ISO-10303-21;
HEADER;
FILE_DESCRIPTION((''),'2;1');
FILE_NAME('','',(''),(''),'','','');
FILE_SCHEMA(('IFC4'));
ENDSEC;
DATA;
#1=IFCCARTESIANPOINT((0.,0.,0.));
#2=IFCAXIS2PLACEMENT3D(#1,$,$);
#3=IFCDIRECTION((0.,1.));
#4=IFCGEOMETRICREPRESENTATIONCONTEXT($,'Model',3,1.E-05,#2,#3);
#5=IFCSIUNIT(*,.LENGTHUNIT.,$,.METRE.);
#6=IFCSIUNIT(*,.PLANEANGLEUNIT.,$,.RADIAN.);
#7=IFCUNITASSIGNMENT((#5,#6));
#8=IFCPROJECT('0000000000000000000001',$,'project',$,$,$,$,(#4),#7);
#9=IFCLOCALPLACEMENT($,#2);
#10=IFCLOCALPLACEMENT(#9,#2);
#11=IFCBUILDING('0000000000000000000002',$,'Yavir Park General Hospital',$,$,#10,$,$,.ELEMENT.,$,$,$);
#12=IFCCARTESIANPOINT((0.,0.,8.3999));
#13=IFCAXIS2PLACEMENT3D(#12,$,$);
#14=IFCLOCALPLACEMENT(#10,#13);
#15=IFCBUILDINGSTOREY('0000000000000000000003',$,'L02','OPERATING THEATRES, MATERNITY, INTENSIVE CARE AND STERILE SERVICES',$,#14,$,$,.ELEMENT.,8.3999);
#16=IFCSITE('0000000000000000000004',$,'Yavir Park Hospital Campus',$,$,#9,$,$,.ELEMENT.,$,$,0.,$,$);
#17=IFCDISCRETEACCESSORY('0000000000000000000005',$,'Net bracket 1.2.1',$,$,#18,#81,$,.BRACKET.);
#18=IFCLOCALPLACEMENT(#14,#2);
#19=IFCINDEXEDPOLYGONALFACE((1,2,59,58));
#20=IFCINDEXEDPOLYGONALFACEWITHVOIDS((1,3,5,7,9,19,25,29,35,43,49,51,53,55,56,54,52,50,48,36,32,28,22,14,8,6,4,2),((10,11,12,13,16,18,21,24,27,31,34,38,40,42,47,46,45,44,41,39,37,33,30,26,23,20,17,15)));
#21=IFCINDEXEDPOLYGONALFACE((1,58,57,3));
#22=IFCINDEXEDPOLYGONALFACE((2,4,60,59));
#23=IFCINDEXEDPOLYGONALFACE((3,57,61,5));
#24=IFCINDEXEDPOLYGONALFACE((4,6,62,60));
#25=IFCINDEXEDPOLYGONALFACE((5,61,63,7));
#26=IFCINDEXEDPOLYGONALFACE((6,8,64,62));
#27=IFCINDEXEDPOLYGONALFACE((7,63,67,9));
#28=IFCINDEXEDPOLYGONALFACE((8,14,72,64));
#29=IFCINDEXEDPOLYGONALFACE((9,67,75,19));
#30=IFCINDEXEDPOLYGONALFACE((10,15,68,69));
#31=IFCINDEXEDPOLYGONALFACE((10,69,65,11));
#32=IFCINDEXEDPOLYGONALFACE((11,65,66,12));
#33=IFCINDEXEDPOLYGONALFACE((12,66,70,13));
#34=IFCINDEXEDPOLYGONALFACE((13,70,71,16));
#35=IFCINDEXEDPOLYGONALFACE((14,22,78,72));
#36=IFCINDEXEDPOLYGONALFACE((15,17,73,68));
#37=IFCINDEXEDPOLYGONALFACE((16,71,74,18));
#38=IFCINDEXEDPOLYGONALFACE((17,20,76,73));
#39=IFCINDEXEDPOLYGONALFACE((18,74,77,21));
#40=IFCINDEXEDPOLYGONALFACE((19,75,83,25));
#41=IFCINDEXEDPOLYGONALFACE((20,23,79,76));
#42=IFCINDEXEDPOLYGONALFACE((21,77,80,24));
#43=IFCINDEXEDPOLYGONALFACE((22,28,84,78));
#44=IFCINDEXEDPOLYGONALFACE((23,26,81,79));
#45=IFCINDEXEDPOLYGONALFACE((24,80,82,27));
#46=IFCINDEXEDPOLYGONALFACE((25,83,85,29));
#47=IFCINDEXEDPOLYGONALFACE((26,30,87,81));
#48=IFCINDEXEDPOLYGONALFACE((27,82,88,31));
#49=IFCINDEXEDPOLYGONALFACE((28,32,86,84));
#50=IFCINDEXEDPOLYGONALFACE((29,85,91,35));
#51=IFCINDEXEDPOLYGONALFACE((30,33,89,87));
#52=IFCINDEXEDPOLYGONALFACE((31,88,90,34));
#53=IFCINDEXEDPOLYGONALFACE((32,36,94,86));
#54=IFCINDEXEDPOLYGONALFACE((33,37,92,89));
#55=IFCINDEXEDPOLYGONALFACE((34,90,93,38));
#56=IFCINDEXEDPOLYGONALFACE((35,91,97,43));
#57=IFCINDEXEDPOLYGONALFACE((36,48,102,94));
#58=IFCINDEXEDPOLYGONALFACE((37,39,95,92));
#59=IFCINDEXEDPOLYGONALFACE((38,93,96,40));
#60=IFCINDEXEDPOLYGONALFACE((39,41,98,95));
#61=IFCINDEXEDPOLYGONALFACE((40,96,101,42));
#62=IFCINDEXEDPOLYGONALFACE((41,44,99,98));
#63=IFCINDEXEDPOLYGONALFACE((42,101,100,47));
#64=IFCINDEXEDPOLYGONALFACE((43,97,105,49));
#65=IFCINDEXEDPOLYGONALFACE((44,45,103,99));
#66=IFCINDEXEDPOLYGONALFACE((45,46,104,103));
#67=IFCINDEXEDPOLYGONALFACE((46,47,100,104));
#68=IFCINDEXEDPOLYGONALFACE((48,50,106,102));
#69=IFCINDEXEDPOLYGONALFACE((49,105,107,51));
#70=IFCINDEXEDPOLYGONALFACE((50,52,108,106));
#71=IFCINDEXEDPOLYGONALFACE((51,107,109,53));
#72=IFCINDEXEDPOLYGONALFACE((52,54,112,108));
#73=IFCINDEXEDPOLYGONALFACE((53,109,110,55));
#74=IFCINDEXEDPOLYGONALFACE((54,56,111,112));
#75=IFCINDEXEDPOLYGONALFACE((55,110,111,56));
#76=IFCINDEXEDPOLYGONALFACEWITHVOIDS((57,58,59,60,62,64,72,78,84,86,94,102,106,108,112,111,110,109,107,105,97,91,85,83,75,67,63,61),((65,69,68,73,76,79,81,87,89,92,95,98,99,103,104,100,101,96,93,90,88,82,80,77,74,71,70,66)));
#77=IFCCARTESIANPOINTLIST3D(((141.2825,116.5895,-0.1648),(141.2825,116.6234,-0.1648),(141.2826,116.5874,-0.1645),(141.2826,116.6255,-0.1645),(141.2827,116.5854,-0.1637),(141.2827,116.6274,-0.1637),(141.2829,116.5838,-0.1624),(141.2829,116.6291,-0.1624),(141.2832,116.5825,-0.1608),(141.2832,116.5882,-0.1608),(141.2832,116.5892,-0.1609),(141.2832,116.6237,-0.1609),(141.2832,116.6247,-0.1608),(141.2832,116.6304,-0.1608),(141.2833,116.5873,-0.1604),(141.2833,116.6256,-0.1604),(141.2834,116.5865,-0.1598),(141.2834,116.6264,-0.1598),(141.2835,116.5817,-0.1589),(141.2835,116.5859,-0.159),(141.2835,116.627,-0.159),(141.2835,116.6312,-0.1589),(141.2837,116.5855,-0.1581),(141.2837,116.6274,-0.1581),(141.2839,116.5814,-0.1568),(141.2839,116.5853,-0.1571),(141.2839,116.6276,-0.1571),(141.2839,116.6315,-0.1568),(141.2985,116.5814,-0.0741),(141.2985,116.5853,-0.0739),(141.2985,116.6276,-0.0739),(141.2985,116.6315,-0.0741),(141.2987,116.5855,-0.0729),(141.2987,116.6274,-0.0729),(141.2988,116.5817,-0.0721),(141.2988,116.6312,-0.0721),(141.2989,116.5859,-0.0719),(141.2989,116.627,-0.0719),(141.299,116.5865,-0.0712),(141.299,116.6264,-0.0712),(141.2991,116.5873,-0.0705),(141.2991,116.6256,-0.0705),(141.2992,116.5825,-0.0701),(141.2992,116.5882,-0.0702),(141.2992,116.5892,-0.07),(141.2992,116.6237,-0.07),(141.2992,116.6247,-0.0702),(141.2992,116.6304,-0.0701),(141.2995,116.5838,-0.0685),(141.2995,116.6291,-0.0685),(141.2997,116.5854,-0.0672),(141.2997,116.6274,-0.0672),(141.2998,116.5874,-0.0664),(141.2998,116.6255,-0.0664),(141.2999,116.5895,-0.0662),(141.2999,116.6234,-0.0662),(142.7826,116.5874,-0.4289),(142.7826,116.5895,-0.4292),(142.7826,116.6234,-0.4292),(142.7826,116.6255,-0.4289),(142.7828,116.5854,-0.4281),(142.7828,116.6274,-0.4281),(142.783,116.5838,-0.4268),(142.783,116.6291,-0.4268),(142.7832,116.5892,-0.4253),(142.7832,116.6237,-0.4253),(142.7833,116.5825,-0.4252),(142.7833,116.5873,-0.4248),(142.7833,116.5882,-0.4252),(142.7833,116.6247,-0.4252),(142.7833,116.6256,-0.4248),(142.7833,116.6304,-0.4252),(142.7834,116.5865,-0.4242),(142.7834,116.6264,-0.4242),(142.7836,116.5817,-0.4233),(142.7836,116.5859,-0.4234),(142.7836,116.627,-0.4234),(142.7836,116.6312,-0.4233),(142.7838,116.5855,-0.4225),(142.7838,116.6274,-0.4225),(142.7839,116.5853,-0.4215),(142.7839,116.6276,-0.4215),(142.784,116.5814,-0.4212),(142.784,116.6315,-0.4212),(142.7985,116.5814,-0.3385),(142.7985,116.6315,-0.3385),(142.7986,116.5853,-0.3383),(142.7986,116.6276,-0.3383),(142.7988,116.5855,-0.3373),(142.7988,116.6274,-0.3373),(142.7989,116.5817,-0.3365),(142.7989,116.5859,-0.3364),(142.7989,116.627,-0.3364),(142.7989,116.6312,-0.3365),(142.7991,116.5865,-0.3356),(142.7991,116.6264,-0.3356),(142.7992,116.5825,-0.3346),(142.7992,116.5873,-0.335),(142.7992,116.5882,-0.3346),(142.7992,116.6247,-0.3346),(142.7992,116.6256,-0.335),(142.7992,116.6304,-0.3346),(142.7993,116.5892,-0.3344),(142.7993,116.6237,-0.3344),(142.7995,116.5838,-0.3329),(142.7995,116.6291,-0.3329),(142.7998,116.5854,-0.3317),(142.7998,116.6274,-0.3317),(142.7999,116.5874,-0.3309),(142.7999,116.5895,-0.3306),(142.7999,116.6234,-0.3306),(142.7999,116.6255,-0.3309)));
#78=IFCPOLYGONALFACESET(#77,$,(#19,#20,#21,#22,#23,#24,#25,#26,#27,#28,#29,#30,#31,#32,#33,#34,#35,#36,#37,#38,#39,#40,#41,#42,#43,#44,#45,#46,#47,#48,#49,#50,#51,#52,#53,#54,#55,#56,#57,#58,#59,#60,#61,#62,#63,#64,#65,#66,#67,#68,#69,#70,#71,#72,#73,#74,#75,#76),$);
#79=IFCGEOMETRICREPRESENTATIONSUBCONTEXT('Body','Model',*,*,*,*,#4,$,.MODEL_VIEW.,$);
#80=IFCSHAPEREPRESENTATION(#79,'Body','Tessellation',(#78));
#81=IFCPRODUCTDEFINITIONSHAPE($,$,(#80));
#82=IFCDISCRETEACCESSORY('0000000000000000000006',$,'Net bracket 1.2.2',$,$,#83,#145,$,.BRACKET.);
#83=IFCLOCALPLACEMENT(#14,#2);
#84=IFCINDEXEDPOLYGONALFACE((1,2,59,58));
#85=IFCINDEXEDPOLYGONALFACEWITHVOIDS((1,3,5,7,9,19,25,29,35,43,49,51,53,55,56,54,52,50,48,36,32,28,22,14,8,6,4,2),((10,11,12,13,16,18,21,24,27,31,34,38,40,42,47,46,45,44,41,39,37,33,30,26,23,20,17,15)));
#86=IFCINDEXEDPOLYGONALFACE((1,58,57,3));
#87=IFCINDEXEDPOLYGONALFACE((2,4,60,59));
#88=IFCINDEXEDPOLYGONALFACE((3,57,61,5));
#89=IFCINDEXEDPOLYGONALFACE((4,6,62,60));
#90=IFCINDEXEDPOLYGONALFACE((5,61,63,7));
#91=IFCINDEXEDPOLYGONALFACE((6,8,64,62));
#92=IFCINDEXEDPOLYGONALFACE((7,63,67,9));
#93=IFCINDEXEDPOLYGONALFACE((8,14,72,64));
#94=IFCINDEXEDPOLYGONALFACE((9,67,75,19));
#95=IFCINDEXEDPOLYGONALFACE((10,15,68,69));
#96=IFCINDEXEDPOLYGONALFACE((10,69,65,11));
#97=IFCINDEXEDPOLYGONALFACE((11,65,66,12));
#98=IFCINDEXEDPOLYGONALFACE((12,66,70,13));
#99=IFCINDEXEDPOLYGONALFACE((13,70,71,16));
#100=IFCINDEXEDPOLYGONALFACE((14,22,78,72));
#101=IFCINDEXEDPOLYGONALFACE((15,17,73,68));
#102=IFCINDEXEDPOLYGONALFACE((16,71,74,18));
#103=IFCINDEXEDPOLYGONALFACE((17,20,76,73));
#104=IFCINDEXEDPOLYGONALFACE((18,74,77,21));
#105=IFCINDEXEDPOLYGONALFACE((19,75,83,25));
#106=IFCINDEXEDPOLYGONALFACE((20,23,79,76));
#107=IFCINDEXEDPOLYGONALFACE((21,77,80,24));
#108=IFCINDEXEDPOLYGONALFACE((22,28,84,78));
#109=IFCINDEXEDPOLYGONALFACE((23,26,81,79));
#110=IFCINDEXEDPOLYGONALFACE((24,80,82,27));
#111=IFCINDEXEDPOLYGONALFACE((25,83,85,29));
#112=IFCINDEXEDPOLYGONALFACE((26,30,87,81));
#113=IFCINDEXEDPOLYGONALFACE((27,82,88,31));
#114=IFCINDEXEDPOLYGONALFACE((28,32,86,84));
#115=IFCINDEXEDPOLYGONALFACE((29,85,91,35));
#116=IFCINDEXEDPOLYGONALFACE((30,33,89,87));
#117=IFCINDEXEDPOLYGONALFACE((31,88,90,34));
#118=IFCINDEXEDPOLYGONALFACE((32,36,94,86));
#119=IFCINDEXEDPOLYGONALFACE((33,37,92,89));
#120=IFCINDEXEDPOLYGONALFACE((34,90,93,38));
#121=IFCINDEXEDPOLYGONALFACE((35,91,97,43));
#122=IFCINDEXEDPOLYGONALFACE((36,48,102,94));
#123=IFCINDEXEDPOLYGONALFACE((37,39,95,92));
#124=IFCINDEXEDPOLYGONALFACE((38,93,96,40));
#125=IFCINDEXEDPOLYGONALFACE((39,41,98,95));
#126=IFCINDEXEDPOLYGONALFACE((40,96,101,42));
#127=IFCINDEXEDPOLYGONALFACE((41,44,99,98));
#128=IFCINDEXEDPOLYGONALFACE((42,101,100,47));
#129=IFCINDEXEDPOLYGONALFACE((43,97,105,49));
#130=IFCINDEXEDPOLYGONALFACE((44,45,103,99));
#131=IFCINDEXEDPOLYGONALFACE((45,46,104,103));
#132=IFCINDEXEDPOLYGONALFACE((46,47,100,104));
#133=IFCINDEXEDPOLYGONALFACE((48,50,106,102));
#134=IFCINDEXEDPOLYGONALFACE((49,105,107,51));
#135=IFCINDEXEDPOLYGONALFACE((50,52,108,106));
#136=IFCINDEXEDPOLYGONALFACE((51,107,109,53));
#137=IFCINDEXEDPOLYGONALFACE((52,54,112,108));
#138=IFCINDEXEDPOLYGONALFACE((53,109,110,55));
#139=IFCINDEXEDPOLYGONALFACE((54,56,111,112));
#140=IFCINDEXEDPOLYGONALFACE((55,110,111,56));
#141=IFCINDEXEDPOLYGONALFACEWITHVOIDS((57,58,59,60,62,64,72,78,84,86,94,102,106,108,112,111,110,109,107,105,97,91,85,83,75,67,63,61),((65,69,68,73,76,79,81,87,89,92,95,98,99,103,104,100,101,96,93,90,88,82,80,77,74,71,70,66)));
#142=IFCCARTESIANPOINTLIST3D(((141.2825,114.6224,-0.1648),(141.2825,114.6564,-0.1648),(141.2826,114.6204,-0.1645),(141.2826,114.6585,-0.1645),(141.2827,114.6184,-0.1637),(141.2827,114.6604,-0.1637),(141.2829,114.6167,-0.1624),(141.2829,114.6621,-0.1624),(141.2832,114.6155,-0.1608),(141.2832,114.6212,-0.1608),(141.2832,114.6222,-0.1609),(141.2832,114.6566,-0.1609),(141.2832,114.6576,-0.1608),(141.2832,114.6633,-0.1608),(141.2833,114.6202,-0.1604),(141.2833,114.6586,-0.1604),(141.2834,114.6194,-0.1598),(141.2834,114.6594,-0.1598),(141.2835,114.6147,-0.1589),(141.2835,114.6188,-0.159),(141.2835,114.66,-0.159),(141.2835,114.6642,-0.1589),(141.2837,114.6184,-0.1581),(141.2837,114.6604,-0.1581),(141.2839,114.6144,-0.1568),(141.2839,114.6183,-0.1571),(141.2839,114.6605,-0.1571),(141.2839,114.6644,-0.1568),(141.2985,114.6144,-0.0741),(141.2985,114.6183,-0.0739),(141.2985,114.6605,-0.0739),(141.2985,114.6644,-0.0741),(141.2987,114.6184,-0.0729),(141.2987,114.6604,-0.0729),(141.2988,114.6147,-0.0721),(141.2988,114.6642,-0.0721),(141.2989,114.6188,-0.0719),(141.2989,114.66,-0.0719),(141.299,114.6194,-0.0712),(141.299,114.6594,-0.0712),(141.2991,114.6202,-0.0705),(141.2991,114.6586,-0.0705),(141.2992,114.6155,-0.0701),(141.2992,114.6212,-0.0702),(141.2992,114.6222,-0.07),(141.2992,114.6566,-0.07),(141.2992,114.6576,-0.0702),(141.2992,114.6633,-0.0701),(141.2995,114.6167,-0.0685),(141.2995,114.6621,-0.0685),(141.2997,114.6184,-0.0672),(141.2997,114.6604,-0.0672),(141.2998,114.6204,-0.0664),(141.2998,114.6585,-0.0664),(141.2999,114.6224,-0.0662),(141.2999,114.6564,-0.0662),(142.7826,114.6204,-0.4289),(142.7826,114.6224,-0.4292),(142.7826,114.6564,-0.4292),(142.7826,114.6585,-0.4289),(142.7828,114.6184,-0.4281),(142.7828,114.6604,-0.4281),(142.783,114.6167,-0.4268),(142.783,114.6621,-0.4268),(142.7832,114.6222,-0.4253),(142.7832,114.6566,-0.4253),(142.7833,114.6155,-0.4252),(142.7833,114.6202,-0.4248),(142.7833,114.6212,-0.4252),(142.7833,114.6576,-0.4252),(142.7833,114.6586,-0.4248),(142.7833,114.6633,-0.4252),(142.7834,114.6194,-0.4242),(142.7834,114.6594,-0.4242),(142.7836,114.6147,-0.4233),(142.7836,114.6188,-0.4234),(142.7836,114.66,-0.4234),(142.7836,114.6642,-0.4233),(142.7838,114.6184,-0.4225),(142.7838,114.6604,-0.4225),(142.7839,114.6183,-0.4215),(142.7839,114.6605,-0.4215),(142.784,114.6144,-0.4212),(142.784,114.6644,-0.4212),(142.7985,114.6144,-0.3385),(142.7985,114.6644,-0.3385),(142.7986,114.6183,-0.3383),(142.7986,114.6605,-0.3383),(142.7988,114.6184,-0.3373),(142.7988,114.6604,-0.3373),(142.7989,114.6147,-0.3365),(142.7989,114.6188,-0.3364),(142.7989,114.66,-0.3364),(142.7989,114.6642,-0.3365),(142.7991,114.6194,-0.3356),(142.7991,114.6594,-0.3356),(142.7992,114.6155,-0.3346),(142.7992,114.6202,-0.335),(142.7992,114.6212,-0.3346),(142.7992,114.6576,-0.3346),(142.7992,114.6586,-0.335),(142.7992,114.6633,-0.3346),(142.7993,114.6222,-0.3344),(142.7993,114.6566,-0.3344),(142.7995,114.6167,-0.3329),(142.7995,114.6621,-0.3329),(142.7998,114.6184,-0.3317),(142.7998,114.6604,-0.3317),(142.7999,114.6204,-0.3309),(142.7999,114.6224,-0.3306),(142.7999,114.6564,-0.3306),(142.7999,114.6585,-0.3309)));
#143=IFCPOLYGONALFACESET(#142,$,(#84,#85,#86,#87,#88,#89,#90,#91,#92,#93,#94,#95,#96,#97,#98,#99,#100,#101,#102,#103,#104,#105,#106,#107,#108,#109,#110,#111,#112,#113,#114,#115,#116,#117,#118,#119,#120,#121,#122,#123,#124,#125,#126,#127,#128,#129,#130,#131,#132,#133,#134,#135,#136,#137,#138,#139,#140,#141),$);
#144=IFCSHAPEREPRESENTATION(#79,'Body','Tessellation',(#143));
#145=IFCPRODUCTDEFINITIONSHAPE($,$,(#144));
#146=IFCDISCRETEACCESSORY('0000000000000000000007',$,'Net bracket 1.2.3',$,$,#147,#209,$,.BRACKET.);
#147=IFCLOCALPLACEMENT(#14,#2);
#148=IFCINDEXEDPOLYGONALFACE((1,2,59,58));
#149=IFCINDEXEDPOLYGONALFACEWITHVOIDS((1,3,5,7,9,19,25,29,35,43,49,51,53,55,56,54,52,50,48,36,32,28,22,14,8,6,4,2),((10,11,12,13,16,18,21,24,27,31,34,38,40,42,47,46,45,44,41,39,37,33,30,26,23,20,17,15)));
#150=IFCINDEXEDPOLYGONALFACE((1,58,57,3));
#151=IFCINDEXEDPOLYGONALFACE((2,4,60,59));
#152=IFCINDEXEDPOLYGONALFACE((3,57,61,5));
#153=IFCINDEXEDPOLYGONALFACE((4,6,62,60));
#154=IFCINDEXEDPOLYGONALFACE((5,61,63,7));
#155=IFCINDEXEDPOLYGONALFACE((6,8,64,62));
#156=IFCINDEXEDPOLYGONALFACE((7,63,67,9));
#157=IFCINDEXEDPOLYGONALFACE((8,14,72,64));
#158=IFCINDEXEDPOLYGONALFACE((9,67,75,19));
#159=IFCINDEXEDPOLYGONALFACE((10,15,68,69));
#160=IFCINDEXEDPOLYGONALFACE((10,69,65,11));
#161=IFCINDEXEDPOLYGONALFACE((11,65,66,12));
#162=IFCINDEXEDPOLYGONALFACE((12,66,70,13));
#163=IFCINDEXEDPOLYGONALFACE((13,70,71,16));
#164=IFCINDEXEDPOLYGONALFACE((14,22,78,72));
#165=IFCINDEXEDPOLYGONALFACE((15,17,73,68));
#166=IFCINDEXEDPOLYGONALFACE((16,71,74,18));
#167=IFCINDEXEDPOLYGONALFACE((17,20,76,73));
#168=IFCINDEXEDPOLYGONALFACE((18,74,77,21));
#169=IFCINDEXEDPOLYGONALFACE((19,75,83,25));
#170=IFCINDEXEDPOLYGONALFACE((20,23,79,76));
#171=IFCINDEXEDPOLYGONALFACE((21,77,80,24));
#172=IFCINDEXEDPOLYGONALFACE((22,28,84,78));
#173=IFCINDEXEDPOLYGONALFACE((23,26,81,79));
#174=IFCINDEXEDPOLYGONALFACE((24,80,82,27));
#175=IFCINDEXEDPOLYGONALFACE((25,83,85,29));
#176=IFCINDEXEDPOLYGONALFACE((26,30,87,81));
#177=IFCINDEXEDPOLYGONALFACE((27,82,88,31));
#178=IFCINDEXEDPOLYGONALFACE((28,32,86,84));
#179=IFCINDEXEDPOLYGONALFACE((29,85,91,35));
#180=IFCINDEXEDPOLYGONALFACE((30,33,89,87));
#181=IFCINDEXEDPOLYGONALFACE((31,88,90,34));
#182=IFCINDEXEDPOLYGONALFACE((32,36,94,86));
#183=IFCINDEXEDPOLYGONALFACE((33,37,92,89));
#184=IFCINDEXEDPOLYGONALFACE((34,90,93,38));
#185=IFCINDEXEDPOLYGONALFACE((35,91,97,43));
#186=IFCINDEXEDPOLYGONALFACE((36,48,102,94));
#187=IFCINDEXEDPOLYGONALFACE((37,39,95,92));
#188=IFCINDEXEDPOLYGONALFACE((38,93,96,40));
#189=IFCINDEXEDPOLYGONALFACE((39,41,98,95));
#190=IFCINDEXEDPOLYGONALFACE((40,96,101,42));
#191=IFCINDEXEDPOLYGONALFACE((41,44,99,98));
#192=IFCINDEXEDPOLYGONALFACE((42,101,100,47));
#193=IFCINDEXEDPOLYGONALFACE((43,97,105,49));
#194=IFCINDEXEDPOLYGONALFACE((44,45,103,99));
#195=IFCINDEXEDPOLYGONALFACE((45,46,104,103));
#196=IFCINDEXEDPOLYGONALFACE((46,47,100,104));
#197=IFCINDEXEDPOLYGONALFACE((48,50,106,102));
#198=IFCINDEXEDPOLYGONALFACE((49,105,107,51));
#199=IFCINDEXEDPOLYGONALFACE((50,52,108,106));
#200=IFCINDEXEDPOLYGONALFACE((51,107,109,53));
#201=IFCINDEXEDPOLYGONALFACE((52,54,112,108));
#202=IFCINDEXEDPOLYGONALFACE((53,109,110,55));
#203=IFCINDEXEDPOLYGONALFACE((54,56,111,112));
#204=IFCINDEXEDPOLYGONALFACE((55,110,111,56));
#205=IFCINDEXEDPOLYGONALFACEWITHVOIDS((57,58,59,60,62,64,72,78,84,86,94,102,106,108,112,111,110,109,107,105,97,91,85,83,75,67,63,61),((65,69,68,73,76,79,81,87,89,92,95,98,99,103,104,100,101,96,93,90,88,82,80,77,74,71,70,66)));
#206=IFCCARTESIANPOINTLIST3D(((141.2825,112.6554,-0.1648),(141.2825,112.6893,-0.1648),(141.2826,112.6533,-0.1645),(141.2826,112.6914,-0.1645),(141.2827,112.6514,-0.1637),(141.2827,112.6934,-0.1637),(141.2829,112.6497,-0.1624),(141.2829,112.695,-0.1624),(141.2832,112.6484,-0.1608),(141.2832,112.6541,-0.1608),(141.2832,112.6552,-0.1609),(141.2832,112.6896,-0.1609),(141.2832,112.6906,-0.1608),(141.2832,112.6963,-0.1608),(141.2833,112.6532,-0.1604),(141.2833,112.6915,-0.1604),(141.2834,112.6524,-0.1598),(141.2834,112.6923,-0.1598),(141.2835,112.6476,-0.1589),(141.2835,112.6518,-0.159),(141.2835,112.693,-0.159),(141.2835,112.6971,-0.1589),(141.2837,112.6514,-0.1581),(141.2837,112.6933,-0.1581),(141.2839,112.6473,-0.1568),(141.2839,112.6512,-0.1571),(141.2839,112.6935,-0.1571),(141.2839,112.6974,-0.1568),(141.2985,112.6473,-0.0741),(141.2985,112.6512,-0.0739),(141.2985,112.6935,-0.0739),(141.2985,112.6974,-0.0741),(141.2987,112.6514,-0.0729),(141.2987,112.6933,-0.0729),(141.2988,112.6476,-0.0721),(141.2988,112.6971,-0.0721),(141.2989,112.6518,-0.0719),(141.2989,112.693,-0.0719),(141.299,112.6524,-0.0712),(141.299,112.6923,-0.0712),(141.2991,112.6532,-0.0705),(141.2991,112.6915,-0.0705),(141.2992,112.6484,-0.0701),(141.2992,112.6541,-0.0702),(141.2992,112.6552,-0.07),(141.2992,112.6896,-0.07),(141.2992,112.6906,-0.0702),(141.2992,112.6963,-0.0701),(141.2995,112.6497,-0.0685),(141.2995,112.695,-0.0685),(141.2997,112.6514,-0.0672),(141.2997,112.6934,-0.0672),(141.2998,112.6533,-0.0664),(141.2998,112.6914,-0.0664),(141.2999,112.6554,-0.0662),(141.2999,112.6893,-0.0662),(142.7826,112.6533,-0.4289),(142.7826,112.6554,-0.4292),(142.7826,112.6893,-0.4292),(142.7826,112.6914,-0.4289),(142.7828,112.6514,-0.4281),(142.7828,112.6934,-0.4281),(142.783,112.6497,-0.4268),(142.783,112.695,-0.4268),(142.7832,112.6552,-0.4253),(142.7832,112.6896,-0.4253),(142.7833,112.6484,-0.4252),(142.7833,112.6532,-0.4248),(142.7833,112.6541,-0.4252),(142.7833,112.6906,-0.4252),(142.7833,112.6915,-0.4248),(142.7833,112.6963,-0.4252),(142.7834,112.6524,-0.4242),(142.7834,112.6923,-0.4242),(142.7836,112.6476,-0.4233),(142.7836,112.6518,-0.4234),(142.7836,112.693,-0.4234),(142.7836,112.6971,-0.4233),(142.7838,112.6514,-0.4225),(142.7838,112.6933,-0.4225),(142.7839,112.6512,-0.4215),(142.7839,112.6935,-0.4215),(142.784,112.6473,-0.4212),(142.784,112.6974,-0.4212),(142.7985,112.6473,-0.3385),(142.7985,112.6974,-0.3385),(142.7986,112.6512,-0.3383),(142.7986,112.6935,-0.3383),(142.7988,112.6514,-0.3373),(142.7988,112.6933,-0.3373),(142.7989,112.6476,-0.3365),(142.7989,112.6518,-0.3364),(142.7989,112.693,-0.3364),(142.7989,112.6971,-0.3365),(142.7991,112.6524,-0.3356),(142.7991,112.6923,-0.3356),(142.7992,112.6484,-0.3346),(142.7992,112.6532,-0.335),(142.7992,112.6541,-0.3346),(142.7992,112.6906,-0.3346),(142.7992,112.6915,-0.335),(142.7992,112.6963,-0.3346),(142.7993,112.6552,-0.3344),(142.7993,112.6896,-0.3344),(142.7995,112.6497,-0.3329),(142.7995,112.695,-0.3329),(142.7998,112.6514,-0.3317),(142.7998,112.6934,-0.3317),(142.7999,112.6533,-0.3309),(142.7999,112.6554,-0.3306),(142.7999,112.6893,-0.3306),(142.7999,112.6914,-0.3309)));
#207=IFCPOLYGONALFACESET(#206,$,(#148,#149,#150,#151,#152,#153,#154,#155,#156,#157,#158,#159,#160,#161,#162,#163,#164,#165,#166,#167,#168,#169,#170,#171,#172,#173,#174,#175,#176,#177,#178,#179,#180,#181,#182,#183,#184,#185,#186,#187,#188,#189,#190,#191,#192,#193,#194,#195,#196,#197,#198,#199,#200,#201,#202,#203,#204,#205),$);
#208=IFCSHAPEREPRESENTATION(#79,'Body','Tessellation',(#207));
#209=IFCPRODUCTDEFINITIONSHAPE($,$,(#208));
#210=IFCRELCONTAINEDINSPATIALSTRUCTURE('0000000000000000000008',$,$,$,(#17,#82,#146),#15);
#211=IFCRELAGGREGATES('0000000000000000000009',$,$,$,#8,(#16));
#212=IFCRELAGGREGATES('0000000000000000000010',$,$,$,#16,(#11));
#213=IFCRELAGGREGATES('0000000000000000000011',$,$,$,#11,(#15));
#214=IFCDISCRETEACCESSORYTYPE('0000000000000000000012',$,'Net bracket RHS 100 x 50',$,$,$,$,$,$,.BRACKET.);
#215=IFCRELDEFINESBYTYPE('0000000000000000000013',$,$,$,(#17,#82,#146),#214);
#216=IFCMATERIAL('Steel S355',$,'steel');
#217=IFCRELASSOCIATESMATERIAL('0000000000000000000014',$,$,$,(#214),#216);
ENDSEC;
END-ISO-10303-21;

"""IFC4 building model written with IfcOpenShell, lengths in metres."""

from ifc_helpers import new_model, si_unit, direction, frame, origin, origin_2d, place, context, subcontext, project, spatial, hollow_rectangle, extrude, material, material_profile, profile_set, type_object, element, save


model = new_model("IFC4")

# Units and contexts
model_context = context("Model", 3, precision=1e-05, world=origin(), true_north=direction((0.0, 1.0)))
body_context = subcontext(model_context, "Body", "Model", "MODEL_VIEW")
ifc_project = project(units=[si_unit("LENGTHUNIT", "METRE"), si_unit("PLANEANGLEUNIT", "RADIAN")], contexts=[model_context])

# Site, building, storey
site_placement = place(None, origin())
site = spatial("IfcSite", under=ifc_project, at=site_placement, Name="Yavir Park Hospital Campus", CompositionType="ELEMENT", RefElevation=0.0)
building_placement = place(site_placement, origin())
building = spatial("IfcBuilding", under=site, at=building_placement, Name="Yavir Park General Hospital", CompositionType="ELEMENT")
storey_placement = place(building_placement, frame((0.0, 0.0, 8.3999)))
storey = spatial("IfcBuildingStorey", under=building, at=storey_placement, Name="L02", Description="OPERATING THEATRES, MATERNITY, INTENSIVE CARE AND STERILE SERVICES", CompositionType="ELEMENT", Elevation=8.3999)

# Discrete accessories
ifc_material_1 = material(Name="Steel S355", Category="steel")
ifc_material_profile_1 = material_profile(ifc_material_1, hollow_rectangle(XDim=0.05, YDim=0.1001, WallThickness=0.0039, InnerFilletRadius=0.0039, OuterFilletRadius=0.0081, at=origin_2d()), Name="RHS100x50x4")
ifc_profile_set_1 = profile_set([ifc_material_profile_1], Name="Steel S355")
discrete_accessory_type = type_object("IfcDiscreteAccessoryType", Name="Net bracket RHS 100 x 50", PredefinedType="BRACKET", material=ifc_profile_set_1)
for number, where, z_axis, x_axis, name in (
    (1, (142.7913, 116.6064, -0.3799), (-0.984817, 0.0, 0.173593), (0.0, -1.0, 0.0), "Net bracket 1.2.1"),
    (2, (142.7913, 114.6394, -0.3799), (-0.984817, 0.0, 0.173593), (0.0, -1.0, 0.0), "Net bracket 1.2.2"),
    (3, (142.7913, 112.6724, -0.3799), (-0.984817, 0.0, 0.173593), (0.0, -1.0, 0.0), "Net bracket 1.2.3"),
):
    element("IfcDiscreteAccessory", number, at=place(storey_placement, frame(where, z_axis=z_axis, x_axis=x_axis)), inside=storey, type_object=discrete_accessory_type, Name=name, PredefinedType="BRACKET", context=body_context, shape_type="SweptSolid", body=[
        extrude(hollow_rectangle(XDim=0.05, YDim=0.1001, WallThickness=0.0039, InnerFilletRadius=0.0039, OuterFilletRadius=0.0081, at=origin_2d()), origin(), (0.0, 0.0, 1.0), 1.5232),
    ])

save(model, "model.ifc")
